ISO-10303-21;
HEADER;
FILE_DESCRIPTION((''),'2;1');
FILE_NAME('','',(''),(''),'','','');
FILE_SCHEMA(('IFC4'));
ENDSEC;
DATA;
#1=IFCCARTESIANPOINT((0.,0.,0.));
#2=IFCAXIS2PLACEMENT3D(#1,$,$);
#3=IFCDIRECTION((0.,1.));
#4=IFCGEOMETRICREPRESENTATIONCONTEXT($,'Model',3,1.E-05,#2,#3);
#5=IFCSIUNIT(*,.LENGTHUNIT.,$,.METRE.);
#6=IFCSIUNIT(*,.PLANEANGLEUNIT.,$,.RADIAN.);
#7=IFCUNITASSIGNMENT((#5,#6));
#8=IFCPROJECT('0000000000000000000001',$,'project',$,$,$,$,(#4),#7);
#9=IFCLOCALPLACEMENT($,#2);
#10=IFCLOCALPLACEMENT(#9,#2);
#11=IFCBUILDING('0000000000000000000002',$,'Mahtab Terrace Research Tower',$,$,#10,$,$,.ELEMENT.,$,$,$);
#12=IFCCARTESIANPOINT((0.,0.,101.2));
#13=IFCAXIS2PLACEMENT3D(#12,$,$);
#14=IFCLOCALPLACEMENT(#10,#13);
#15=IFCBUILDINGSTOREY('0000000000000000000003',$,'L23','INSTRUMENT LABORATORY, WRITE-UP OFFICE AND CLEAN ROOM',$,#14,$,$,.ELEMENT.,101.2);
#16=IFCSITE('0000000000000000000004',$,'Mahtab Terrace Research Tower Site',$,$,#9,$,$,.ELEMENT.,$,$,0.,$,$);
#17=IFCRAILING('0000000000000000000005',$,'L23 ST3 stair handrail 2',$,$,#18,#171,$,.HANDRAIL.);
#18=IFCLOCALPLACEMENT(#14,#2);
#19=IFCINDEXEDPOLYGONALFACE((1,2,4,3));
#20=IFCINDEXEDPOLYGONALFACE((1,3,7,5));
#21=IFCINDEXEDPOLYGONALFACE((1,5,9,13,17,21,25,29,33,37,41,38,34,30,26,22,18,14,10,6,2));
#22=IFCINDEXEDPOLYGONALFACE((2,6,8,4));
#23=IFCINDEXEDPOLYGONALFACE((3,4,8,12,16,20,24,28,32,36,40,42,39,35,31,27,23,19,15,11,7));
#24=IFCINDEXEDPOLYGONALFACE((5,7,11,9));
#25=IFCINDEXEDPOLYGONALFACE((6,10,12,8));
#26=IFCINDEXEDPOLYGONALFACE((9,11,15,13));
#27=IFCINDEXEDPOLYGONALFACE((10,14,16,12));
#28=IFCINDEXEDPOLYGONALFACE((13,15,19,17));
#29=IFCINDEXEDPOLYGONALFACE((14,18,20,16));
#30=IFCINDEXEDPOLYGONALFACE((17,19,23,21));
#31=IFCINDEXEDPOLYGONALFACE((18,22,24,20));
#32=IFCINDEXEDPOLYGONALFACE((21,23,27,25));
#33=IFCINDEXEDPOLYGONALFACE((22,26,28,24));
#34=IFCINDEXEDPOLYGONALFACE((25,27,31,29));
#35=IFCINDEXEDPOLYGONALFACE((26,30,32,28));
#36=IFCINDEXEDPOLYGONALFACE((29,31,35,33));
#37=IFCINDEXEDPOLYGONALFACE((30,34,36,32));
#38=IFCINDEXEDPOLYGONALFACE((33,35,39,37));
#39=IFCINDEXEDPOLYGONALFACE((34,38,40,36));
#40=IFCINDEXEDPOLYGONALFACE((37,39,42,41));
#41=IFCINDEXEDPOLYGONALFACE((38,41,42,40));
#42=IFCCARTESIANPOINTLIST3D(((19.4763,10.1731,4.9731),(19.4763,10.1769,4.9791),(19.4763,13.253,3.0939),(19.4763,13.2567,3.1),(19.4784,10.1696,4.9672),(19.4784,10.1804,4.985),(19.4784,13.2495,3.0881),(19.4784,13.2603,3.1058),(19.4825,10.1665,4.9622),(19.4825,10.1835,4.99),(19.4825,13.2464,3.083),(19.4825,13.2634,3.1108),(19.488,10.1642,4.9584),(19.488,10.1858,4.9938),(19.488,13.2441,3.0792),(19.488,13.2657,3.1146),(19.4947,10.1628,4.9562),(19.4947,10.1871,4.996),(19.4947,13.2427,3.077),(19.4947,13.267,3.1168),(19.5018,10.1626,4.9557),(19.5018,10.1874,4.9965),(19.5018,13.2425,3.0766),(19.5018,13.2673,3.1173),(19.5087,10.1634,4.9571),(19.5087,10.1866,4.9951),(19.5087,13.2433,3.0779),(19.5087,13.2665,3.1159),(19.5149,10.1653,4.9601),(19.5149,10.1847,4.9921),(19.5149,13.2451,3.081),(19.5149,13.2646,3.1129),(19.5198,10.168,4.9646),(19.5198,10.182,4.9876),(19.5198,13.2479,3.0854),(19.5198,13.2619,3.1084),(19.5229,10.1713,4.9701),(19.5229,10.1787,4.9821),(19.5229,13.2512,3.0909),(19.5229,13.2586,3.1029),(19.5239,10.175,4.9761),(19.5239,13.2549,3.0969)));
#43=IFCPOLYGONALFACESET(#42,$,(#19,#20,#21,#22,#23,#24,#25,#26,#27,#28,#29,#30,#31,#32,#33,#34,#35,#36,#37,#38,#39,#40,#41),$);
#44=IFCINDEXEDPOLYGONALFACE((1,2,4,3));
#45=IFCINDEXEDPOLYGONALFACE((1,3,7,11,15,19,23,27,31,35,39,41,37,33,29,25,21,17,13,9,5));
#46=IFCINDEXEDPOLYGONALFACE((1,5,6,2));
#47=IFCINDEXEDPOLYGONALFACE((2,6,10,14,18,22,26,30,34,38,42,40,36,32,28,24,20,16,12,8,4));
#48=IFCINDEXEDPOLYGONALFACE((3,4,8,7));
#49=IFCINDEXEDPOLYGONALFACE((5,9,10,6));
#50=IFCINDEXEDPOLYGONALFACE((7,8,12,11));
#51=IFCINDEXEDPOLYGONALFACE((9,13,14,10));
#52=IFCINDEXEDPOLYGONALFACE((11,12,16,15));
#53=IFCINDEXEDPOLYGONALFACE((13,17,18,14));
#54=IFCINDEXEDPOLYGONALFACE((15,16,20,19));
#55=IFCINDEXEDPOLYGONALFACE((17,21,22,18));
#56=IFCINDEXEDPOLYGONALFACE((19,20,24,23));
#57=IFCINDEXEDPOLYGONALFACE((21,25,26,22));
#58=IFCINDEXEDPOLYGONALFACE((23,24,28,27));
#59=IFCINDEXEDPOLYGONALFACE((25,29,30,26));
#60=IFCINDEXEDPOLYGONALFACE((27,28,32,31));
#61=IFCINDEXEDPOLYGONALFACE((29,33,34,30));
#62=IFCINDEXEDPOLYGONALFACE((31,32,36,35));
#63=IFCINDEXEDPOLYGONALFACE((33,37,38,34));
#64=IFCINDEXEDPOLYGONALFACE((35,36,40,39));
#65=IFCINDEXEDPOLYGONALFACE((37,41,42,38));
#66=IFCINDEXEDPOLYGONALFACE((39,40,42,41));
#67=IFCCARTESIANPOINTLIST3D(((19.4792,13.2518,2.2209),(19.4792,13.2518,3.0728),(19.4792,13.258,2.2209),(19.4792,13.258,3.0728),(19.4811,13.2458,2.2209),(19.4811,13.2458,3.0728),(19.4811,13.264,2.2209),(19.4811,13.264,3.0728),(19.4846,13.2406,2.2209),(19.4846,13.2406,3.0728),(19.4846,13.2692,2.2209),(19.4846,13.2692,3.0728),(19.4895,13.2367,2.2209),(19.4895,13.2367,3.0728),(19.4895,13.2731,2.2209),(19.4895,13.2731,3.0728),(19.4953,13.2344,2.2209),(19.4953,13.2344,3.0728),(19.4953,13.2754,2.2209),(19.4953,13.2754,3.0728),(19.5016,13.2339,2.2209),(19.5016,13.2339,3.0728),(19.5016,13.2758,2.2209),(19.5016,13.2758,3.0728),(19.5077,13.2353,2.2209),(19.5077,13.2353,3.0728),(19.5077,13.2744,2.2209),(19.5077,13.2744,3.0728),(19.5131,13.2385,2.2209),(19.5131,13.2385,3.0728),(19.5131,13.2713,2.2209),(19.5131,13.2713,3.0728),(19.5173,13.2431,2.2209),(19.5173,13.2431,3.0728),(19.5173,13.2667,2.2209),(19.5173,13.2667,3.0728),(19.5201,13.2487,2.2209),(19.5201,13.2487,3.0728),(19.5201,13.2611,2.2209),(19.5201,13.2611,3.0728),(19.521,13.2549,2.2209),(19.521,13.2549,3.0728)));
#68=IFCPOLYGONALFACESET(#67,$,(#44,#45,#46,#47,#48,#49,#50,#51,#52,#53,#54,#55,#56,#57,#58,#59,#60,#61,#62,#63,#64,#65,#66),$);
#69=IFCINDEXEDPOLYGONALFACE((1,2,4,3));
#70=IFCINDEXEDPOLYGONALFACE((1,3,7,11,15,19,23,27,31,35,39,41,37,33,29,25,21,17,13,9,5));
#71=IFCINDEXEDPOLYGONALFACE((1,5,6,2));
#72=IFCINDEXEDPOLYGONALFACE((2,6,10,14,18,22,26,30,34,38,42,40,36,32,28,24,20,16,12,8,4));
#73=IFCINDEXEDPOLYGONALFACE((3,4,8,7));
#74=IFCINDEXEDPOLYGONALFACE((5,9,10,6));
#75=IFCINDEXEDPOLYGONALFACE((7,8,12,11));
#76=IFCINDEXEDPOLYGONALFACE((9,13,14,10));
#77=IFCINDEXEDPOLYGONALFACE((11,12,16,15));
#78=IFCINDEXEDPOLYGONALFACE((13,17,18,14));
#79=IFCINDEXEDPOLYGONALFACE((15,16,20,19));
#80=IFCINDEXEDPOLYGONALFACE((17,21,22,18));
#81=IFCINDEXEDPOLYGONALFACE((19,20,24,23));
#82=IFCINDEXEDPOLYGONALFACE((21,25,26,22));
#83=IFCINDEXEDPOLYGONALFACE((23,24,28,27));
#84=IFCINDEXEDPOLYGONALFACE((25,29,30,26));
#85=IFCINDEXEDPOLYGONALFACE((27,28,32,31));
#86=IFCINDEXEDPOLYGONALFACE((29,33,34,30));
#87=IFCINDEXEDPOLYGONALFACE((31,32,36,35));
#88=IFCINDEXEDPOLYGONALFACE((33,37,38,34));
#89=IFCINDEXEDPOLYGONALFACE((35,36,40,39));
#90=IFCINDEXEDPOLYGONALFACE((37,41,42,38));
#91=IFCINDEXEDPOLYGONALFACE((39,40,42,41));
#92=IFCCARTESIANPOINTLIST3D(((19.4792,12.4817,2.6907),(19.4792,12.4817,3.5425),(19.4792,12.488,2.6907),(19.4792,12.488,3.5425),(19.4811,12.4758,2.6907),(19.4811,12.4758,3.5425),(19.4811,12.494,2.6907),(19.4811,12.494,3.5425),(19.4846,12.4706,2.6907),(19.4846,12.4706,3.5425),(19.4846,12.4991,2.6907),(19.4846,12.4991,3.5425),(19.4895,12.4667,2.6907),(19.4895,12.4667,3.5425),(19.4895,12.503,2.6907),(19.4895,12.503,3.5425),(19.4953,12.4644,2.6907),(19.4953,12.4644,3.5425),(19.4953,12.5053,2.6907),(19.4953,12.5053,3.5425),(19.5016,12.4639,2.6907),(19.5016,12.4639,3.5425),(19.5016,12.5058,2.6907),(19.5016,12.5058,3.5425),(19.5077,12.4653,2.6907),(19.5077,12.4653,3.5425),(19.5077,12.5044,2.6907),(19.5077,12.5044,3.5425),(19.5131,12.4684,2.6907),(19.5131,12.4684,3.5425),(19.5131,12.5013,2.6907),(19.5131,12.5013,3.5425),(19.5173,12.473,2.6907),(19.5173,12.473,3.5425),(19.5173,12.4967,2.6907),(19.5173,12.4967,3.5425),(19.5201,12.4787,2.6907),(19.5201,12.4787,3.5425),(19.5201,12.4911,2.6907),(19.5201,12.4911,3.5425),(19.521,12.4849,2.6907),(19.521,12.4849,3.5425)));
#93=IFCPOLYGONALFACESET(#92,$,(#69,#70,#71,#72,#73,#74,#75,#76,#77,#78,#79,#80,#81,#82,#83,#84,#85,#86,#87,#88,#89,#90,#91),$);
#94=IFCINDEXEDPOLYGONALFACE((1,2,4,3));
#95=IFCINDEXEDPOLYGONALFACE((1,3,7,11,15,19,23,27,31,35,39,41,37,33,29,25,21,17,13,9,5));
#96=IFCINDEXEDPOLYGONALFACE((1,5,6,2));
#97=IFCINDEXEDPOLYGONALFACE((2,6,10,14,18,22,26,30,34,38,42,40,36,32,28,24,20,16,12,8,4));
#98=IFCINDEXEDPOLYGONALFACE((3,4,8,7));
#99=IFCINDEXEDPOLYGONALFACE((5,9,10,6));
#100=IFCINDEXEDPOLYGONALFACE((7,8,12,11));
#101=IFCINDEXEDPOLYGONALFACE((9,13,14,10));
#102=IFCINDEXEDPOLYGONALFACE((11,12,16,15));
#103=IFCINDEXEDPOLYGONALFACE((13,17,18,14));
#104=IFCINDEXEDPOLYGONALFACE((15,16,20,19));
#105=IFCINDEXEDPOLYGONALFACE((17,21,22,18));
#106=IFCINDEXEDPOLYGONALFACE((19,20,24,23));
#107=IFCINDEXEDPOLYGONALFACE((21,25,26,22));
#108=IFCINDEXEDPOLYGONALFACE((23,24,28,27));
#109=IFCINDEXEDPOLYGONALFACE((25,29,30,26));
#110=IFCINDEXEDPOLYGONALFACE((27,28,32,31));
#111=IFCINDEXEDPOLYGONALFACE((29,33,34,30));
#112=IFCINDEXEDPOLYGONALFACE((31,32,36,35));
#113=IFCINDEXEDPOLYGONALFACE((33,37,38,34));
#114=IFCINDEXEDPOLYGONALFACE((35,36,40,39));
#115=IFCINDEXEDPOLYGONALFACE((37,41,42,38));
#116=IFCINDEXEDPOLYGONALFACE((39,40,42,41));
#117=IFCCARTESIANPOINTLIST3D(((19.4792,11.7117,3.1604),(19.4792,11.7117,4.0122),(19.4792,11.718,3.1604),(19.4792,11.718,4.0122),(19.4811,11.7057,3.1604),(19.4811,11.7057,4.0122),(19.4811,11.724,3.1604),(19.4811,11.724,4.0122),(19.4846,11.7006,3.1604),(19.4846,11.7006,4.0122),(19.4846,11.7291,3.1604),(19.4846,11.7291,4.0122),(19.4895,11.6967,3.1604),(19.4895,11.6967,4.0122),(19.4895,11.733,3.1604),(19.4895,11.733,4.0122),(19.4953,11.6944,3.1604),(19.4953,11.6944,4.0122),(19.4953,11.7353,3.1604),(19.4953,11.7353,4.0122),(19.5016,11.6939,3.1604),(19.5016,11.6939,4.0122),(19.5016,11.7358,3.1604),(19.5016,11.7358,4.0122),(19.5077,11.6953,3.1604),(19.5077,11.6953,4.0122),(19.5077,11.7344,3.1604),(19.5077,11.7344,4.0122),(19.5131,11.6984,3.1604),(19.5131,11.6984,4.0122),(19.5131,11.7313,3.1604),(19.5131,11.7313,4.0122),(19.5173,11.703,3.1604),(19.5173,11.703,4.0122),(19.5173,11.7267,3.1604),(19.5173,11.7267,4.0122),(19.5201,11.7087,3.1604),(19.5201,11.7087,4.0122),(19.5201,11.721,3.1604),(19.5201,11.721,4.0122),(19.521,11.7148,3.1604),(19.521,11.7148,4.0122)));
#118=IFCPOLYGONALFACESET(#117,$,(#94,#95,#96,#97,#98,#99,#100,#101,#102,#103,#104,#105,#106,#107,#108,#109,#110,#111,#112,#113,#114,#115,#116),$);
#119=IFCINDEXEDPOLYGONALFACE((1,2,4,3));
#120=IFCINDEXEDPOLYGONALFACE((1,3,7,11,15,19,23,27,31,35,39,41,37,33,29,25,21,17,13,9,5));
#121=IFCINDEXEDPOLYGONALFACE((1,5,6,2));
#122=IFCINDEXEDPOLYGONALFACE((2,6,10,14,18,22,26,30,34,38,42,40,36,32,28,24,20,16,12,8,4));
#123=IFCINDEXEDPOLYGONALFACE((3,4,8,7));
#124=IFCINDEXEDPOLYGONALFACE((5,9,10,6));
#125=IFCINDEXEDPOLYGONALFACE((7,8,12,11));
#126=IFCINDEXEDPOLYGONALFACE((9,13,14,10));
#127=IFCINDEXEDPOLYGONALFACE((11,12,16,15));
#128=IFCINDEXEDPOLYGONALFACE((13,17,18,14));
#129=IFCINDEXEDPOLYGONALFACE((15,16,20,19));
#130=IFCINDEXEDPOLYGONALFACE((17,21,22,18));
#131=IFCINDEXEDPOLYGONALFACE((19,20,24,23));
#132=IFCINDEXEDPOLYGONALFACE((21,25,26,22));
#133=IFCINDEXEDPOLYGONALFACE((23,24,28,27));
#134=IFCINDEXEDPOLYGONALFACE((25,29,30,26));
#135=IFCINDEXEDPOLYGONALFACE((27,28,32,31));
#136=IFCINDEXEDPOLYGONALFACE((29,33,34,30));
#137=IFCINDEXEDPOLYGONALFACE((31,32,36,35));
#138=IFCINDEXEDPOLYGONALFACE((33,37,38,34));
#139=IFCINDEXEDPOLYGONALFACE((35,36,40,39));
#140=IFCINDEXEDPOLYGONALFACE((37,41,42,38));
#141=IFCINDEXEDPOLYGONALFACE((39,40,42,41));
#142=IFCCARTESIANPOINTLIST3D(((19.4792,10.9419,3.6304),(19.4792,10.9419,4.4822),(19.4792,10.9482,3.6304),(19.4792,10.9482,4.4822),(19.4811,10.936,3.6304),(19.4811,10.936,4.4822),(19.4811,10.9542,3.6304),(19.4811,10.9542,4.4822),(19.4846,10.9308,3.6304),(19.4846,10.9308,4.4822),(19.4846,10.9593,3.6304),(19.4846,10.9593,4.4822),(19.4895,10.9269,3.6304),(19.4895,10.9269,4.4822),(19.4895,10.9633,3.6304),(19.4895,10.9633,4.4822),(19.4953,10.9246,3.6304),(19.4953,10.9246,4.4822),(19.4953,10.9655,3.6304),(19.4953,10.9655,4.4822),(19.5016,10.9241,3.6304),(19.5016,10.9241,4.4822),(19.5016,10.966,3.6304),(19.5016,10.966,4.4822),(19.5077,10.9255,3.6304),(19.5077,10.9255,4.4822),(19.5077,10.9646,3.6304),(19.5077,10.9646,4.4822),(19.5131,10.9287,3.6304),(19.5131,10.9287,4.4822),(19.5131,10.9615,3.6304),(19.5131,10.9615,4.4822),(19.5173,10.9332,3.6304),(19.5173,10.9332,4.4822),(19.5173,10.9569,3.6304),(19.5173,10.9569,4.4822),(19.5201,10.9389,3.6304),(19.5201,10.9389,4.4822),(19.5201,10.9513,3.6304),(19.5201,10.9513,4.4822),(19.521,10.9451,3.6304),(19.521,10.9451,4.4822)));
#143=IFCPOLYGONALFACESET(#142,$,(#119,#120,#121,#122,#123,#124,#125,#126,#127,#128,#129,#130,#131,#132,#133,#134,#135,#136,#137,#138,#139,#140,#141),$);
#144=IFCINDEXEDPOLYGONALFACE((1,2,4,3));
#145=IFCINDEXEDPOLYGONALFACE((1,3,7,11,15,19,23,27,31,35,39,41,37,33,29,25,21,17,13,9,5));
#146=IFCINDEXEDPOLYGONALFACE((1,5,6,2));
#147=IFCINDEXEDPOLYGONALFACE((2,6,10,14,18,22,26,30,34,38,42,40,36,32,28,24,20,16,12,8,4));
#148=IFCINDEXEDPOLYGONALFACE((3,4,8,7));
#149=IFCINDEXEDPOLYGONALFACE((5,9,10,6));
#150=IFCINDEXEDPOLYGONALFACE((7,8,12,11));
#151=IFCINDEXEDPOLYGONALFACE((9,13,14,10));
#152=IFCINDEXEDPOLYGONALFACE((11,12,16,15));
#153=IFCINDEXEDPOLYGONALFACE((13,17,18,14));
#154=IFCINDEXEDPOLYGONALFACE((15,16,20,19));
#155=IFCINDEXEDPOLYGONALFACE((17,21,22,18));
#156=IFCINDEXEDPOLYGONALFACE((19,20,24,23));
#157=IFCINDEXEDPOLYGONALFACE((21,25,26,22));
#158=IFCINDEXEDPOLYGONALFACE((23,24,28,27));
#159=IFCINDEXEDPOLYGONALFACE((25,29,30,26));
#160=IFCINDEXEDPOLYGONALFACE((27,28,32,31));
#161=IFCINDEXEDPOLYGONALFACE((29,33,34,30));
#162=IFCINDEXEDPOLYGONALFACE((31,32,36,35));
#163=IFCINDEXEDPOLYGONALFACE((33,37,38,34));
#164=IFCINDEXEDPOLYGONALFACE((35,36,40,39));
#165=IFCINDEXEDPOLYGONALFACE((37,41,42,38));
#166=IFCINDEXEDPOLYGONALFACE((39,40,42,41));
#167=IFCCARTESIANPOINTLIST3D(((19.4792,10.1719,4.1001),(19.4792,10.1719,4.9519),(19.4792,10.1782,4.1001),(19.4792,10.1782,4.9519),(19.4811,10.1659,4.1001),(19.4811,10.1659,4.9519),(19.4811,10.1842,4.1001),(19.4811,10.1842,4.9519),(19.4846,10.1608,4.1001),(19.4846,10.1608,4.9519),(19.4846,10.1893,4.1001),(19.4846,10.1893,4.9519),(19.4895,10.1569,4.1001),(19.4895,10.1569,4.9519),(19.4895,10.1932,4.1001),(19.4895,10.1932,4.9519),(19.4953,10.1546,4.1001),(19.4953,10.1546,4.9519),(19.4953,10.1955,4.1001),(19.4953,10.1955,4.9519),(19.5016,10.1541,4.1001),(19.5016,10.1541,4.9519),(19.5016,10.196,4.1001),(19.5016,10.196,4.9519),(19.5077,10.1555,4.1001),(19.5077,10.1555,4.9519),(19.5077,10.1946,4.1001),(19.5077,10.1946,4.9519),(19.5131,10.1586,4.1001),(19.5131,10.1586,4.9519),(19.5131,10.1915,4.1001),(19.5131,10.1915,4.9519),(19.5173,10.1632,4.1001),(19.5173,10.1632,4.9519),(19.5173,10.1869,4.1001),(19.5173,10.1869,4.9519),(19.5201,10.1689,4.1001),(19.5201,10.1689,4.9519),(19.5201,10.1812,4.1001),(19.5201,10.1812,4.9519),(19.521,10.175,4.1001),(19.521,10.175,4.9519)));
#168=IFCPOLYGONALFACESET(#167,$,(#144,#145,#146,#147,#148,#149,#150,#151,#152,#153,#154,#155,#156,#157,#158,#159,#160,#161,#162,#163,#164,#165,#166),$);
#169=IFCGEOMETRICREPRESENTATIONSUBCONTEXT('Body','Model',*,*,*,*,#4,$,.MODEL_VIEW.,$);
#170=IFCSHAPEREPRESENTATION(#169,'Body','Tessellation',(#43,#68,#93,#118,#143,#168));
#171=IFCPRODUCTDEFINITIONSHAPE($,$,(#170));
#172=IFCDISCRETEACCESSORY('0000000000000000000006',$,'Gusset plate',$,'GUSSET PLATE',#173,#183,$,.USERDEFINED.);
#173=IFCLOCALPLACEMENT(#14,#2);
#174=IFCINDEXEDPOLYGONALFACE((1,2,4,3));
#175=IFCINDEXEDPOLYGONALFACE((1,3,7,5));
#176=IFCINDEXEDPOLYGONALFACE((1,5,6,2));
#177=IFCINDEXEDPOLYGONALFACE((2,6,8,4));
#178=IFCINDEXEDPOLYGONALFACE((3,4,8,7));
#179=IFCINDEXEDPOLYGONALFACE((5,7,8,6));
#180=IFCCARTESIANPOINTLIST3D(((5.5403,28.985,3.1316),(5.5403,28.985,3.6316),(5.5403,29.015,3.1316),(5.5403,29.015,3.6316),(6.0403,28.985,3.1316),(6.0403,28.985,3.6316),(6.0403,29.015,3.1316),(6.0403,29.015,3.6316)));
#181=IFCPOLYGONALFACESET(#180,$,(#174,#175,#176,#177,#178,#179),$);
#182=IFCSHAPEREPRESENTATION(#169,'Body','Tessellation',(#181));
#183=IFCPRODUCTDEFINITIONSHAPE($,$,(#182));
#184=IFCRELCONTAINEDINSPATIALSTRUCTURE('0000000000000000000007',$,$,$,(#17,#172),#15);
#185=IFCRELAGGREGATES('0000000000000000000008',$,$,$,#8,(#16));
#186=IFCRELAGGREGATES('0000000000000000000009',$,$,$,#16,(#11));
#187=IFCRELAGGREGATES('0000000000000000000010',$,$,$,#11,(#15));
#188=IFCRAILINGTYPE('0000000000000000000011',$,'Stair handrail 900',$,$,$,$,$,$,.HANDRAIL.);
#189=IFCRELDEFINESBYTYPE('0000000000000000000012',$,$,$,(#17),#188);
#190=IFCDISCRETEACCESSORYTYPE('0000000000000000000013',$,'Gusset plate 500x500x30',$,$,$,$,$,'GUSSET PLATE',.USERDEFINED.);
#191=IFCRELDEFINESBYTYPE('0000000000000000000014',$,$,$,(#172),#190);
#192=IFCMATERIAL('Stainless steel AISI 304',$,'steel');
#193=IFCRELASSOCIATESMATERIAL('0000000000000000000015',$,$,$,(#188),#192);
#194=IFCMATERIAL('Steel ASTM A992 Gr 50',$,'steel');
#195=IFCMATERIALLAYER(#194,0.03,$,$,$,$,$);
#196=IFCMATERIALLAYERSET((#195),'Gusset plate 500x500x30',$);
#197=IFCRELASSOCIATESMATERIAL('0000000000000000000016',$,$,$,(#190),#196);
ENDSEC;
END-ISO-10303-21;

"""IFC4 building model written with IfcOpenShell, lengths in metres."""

from ifc_helpers import new_model, si_unit, direction, frame, origin, origin_2d, place, context, subcontext, project, spatial, rectangle, circle, extrude, material, layer, layer_set, type_object, element, save


model = new_model("IFC4")

# Units and contexts
model_context = context("Model", 3, precision=1e-05, world=origin(), true_north=direction((0.0, 1.0)))
body_context = subcontext(model_context, "Body", "Model", "MODEL_VIEW")
ifc_project = project(units=[si_unit("LENGTHUNIT", "METRE"), si_unit("PLANEANGLEUNIT", "RADIAN")], contexts=[model_context])

# Site, building, storey
site_placement = place(None, origin())
site = spatial("IfcSite", under=ifc_project, at=site_placement, Name="Mahtab Terrace Research Tower Site", CompositionType="ELEMENT", RefElevation=0.0)
building_placement = place(site_placement, origin())
building = spatial("IfcBuilding", under=site, at=building_placement, Name="Mahtab Terrace Research Tower", CompositionType="ELEMENT")
storey_placement = place(building_placement, frame((0.0, 0.0, 101.2)))
storey = spatial("IfcBuildingStorey", under=building, at=storey_placement, Name="L23", Description="INSTRUMENT LABORATORY, WRITE-UP OFFICE AND CLEAN ROOM", CompositionType="ELEMENT", Elevation=101.2)

# Shared definitions
ifc_material_1 = material(Name="Steel ASTM A992 Gr 50", Category="steel")

# Shared definitions
ifc_material_2 = material(Name="Stainless steel AISI 304", Category="steel")

# Railing
railing_type_1 = type_object("IfcRailingType", Name="Stair handrail 900", PredefinedType="HANDRAIL", material=ifc_material_2)
railing_1_placement = place(storey_placement, frame((19.5, 13.2549, 2.2209)))
element("IfcRailing", 1, at=railing_1_placement, inside=storey, type_object=railing_type_1, Name="L23 ST3 stair handrail 2", PredefinedType="HANDRAIL", context=body_context, shape_type="SweptSolid", body=[
    extrude(circle(Radius=0.0239, at=origin_2d()), frame((0.0, 0.0, 0.876), z_axis=(0.0, -0.853648, 0.52085), x_axis=(1.0, 0.0, 0.0)), (0.0, 0.0, 1.0), 3.6079),
    extrude(circle(Radius=0.021, at=origin_2d()), origin(), (0.0, 0.0, 1.0), 0.8518),
    extrude(circle(Radius=0.021, at=origin_2d()), frame((0.0, -0.77, 0.4697)), (0.0, 0.0, 1.0), 0.8518),
    extrude(circle(Radius=0.021, at=origin_2d()), frame((0.0, -1.54, 0.9395)), (0.0, 0.0, 1.0), 0.8518),
    extrude(circle(Radius=0.021, at=origin_2d()), frame((0.0, -2.3098, 1.4094)), (0.0, 0.0, 1.0), 0.8518),
    extrude(circle(Radius=0.021, at=origin_2d()), frame((0.0, -3.0798, 1.8792)), (0.0, 0.0, 1.0), 0.8518),
])

# Discrete accessory
ifc_layer_1 = layer(ifc_material_1, 0.03)
ifc_layer_set_1 = layer_set([ifc_layer_1], Name="Gusset plate 500x500x30")
discrete_accessory_type = type_object("IfcDiscreteAccessoryType", Name="Gusset plate 500x500x30", ElementType="GUSSET PLATE", PredefinedType="USERDEFINED", material=ifc_layer_set_1)
discrete_accessory_placement = place(storey_placement, frame((5.7903, 29.0, 3.1316), z_axis=(0.0, 0.0, 1.0), x_axis=(1.0, 0.0, 0.0)))
element("IfcDiscreteAccessory", 2, at=discrete_accessory_placement, inside=storey, type_object=discrete_accessory_type, Name="Gusset plate", ObjectType="GUSSET PLATE", PredefinedType="USERDEFINED", context=body_context, shape_type="SweptSolid", body=[
    extrude(rectangle(XDim=0.5, YDim=0.03, at=origin_2d()), origin(), (0.0, 0.0, 1.0), 0.5),
])

save(model, "model.ifc")
